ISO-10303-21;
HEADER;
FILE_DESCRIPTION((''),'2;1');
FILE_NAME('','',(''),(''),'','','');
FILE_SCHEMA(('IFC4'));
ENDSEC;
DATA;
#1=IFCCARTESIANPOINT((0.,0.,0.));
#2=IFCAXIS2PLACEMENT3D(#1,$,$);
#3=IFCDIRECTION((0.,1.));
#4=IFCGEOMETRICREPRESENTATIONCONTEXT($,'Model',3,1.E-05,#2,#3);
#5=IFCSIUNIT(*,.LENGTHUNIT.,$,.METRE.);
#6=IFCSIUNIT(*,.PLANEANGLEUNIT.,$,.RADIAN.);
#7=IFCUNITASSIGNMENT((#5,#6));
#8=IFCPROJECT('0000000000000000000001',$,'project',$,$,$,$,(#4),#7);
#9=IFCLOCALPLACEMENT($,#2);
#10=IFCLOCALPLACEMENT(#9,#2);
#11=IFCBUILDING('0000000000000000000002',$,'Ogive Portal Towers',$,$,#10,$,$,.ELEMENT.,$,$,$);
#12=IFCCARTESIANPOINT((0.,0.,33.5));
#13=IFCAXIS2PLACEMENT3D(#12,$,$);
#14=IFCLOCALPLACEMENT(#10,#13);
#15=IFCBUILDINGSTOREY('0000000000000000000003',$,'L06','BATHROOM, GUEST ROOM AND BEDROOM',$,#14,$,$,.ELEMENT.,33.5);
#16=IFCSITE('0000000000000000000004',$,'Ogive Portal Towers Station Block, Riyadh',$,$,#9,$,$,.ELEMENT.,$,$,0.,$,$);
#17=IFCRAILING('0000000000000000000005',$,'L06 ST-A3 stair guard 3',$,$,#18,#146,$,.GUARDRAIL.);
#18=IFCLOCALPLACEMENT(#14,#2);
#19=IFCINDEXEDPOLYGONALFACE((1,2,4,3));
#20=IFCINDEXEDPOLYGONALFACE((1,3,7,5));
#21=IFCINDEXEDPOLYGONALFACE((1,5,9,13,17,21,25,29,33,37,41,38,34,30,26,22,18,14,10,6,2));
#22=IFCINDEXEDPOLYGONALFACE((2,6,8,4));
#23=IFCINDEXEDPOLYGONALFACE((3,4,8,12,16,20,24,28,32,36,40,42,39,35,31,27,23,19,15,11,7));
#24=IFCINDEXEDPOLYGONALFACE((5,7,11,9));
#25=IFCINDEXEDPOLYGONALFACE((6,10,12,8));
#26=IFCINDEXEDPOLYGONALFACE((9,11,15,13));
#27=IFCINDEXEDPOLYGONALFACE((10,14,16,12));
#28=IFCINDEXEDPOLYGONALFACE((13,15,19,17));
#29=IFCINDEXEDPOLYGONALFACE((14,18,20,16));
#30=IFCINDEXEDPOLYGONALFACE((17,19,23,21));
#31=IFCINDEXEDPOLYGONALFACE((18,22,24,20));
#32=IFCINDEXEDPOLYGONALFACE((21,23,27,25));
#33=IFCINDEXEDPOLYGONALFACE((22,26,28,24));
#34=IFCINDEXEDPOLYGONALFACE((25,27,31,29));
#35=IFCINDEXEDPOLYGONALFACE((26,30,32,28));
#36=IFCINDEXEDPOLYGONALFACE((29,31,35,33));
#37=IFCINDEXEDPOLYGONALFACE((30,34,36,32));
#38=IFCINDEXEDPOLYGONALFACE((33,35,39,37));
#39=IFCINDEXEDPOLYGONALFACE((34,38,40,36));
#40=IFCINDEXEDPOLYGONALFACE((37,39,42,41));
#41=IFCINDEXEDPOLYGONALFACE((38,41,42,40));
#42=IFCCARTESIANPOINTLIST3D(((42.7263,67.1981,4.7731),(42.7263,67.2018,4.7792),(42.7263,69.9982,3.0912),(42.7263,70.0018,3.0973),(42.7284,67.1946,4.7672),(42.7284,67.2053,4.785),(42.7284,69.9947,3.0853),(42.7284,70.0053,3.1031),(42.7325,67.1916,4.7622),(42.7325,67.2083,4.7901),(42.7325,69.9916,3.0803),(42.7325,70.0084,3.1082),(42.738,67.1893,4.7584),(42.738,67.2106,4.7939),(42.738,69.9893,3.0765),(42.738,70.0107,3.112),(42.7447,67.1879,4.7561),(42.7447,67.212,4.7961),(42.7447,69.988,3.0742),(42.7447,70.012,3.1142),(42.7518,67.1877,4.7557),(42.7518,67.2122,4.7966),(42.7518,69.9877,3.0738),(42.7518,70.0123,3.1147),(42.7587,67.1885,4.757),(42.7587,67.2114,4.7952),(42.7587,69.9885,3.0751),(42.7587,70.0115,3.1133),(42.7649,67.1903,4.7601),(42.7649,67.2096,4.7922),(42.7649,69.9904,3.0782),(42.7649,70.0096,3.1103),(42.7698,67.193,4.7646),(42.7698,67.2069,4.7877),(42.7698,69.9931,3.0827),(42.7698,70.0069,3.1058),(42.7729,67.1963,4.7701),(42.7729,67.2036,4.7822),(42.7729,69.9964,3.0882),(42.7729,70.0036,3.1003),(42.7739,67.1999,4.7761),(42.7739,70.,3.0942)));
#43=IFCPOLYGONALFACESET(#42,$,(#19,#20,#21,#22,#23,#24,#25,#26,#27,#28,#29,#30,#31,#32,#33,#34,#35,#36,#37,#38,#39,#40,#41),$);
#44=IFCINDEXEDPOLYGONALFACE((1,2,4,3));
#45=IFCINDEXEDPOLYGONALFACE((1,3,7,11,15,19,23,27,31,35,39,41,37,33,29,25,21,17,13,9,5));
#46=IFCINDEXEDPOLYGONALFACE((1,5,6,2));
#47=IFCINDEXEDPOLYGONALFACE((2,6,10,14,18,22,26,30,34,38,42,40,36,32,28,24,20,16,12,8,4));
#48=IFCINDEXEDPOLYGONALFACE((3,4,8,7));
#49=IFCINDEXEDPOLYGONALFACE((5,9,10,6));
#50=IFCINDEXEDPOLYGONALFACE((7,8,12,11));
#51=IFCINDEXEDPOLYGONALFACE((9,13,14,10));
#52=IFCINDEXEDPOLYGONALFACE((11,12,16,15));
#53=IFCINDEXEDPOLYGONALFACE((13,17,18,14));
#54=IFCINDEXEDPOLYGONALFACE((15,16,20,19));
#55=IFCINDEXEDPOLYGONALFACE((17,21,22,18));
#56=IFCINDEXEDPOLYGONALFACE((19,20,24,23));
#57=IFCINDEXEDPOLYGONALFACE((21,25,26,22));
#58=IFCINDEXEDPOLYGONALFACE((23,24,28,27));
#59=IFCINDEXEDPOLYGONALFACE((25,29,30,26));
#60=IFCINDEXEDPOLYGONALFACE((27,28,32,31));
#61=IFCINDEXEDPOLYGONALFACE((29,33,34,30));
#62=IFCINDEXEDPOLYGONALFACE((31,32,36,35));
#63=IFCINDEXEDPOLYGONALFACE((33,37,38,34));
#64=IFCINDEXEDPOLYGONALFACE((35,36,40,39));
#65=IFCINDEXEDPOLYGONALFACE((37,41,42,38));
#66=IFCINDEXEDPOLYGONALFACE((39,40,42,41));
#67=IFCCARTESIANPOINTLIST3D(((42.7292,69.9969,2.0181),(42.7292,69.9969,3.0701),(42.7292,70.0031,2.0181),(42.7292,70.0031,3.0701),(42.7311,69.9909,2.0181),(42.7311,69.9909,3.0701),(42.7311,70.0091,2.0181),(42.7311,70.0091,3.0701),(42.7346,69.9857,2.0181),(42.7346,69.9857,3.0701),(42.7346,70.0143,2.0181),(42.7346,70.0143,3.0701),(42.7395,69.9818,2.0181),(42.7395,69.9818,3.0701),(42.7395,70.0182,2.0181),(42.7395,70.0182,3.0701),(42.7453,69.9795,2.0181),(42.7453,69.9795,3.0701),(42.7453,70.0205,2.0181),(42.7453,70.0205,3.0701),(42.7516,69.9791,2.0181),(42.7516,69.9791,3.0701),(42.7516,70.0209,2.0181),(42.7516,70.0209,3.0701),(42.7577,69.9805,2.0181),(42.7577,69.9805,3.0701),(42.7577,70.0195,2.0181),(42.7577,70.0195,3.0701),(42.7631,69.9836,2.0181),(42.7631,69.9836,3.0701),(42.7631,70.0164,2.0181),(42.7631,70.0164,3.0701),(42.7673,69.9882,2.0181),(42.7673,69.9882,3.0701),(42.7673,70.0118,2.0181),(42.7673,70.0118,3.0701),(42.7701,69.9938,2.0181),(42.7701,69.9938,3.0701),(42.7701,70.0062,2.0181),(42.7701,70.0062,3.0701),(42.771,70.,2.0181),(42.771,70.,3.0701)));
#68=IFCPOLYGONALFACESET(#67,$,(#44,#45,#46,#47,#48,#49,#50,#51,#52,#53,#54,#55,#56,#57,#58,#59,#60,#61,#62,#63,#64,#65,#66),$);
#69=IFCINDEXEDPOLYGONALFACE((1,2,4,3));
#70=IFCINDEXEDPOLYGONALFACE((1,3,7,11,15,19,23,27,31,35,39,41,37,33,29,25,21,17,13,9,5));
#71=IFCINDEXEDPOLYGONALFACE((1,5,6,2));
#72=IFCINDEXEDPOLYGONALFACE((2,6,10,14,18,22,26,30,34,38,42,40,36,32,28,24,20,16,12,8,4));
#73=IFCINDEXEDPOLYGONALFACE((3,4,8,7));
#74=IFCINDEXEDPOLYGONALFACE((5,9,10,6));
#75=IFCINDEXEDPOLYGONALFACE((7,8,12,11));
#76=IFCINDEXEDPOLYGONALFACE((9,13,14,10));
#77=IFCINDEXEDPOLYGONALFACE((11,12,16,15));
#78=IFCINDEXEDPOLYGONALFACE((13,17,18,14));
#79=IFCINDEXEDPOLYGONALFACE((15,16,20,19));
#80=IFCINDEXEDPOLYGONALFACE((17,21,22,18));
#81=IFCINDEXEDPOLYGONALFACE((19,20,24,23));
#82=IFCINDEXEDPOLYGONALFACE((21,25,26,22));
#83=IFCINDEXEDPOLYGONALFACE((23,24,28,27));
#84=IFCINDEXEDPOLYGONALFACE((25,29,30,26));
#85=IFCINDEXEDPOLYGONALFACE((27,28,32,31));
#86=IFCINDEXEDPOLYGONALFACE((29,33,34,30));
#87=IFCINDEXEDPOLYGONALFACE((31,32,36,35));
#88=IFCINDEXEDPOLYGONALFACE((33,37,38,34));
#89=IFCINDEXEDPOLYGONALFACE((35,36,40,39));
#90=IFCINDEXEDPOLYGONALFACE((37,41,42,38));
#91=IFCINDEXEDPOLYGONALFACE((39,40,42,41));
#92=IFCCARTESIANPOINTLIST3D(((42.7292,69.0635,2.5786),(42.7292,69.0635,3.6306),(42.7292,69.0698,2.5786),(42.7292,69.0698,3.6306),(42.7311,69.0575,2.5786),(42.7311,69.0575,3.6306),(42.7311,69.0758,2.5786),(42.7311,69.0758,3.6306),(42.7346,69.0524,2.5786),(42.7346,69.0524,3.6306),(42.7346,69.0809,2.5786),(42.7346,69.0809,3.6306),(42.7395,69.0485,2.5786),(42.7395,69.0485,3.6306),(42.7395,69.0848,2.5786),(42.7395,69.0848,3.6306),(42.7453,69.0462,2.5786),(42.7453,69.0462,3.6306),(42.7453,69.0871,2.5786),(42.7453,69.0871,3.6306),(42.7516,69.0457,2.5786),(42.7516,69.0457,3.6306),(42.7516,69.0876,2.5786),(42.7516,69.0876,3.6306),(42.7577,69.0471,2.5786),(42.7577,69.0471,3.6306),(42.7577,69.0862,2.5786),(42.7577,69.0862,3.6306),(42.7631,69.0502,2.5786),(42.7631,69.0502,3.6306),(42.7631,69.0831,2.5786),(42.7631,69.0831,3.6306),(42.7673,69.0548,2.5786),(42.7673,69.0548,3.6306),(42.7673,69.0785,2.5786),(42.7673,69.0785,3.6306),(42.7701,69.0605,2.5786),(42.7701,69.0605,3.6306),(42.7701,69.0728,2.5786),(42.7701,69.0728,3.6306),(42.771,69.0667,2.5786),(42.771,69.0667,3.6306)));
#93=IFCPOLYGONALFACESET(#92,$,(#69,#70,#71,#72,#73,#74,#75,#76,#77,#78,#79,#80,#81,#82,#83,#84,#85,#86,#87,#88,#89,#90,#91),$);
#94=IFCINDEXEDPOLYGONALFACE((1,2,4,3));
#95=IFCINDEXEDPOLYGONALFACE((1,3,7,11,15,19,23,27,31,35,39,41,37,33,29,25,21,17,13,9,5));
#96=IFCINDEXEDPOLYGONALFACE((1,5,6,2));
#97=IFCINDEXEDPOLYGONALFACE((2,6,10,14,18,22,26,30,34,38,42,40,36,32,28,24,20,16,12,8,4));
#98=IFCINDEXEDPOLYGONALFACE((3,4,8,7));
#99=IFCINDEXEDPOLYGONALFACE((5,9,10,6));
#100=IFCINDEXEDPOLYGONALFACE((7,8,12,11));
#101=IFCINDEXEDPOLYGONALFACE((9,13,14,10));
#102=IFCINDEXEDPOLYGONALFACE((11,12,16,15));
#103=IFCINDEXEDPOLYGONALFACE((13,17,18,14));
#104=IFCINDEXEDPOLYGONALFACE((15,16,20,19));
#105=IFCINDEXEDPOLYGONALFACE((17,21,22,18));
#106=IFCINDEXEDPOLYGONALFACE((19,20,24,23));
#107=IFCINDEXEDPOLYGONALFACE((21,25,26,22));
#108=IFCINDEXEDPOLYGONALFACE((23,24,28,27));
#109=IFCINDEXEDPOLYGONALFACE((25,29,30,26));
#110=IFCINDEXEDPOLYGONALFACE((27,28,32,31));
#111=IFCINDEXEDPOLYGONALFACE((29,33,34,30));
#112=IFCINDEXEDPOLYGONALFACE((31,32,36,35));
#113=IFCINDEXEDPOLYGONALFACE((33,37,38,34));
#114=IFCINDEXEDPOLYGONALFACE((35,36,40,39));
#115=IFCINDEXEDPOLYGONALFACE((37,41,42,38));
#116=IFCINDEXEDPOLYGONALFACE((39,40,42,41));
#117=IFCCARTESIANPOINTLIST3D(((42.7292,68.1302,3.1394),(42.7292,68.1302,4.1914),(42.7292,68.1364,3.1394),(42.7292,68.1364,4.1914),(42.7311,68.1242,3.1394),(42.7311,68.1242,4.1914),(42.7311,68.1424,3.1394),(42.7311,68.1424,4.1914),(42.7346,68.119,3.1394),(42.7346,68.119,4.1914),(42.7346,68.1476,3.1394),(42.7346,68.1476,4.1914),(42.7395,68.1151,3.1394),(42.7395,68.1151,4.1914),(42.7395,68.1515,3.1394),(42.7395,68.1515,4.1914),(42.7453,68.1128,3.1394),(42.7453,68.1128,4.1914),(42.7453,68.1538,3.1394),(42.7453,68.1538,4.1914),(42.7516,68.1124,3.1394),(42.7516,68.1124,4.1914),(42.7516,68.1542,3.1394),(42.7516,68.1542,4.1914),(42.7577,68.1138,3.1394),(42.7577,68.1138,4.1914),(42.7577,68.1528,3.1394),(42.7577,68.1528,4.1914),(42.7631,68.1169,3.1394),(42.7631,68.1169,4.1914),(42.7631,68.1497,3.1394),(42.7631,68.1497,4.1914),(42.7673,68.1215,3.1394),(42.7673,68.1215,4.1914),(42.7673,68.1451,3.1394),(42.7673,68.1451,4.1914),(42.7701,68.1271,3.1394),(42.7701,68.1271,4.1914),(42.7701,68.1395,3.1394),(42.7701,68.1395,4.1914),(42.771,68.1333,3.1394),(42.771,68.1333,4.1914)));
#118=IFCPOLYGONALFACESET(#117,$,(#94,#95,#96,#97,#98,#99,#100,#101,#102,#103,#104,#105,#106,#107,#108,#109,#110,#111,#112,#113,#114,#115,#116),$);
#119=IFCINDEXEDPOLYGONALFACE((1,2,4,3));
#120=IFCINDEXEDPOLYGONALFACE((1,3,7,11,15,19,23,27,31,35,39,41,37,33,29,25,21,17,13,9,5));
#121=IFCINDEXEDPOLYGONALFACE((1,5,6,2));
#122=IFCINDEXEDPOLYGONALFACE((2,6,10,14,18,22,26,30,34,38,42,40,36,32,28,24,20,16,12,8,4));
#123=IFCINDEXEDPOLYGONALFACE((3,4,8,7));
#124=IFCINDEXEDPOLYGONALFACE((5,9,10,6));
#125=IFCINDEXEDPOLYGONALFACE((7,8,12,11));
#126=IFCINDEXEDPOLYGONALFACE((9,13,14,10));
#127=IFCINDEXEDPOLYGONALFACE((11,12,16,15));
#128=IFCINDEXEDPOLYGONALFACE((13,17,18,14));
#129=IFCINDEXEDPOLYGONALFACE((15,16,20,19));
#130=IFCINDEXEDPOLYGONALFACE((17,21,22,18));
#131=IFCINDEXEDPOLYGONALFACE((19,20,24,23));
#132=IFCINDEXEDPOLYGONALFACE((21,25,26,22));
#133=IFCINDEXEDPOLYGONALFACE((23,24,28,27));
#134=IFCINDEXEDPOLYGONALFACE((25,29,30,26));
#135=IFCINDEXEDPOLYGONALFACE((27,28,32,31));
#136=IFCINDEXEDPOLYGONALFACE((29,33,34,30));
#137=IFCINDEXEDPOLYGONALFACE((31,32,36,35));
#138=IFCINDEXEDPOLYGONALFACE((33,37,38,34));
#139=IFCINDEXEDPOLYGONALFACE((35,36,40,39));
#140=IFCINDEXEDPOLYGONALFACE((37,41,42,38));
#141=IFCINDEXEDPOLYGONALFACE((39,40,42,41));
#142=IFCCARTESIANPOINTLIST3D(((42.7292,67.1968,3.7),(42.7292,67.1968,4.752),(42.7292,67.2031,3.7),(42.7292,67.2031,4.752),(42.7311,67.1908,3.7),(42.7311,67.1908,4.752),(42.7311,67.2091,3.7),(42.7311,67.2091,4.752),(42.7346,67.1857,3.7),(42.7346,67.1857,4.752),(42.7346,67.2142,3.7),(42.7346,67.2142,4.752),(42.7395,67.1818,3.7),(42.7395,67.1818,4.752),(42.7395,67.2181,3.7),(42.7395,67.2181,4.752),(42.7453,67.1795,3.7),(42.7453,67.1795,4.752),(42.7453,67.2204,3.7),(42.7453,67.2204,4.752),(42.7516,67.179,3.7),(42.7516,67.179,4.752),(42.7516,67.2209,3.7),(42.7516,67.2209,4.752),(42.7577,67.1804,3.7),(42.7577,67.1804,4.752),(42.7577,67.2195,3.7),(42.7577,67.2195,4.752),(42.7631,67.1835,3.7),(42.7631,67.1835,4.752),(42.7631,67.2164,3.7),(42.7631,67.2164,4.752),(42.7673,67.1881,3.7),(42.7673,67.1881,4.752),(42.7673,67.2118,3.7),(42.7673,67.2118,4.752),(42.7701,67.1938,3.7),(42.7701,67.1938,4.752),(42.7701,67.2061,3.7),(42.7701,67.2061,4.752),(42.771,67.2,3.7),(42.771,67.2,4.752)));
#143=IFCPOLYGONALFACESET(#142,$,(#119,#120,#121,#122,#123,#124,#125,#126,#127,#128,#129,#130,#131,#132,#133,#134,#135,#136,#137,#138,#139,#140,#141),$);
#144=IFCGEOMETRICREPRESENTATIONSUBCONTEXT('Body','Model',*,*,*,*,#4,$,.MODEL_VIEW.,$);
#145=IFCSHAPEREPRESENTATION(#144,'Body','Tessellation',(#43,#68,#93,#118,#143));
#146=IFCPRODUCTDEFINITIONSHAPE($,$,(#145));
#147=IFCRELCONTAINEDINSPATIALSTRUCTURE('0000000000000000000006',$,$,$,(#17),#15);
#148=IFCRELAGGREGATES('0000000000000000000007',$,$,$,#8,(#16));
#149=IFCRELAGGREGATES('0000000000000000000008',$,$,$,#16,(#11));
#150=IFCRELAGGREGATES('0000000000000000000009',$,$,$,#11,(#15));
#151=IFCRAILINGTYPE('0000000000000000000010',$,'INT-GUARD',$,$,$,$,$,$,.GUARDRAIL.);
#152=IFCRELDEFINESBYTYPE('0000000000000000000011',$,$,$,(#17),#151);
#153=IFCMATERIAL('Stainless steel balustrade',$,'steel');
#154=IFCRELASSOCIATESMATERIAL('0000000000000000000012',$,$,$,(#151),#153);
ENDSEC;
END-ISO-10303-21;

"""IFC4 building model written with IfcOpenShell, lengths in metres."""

from ifc_helpers import new_model, si_unit, direction, frame, origin, origin_2d, place, context, subcontext, project, spatial, circle, extrude, material, type_object, element, save


model = new_model("IFC4")

# Units and contexts
model_context = context("Model", 3, precision=1e-05, world=origin(), true_north=direction((0.0, 1.0)))
body_context = subcontext(model_context, "Body", "Model", "MODEL_VIEW")
ifc_project = project(units=[si_unit("LENGTHUNIT", "METRE"), si_unit("PLANEANGLEUNIT", "RADIAN")], contexts=[model_context])

# Site, building, storey
site_placement = place(None, origin())
site = spatial("IfcSite", under=ifc_project, at=site_placement, Name="Ogive Portal Towers Station Block, Riyadh", CompositionType="ELEMENT", RefElevation=0.0)
building_placement = place(site_placement, origin())
building = spatial("IfcBuilding", under=site, at=building_placement, Name="Ogive Portal Towers", CompositionType="ELEMENT")
storey_placement = place(building_placement, frame((0.0, 0.0, 33.5)))
storey = spatial("IfcBuildingStorey", under=building, at=storey_placement, Name="L06", Description="BATHROOM, GUEST ROOM AND BEDROOM", CompositionType="ELEMENT", Elevation=33.5)

# Railing
ifc_material_1 = material(Name="Stainless steel balustrade", Category="steel")
railing_type_1 = type_object("IfcRailingType", Name="INT-GUARD", PredefinedType="GUARDRAIL", material=ifc_material_1)
railing_1_placement = place(storey_placement, frame((42.75, 70.0, 2.0181)))
element("IfcRailing", 1, at=railing_1_placement, inside=storey, type_object=railing_type_1, Name="L06 ST-A3 stair guard 3", PredefinedType="GUARDRAIL", context=body_context, shape_type="SweptSolid", body=[
    extrude(circle(Radius=0.0239, at=origin_2d()), frame((0.0, 0.0, 1.0762), z_axis=(0.0, -0.857242, 0.514913), x_axis=(1.0, 0.0, 0.0)), (0.0, 0.0, 1.0), 3.2664),
    extrude(circle(Radius=0.021, at=origin_2d()), origin(), (0.0, 0.0, 1.0), 1.052),
    extrude(circle(Radius=0.021, at=origin_2d()), frame((0.0, -0.9333, 0.5605)), (0.0, 0.0, 1.0), 1.052),
    extrude(circle(Radius=0.021, at=origin_2d()), frame((0.0, -1.8667, 1.1213)), (0.0, 0.0, 1.0), 1.052),
    extrude(circle(Radius=0.021, at=origin_2d()), frame((0.0, -2.8, 1.6819)), (0.0, 0.0, 1.0), 1.052),
])

save(model, "model.ifc")
